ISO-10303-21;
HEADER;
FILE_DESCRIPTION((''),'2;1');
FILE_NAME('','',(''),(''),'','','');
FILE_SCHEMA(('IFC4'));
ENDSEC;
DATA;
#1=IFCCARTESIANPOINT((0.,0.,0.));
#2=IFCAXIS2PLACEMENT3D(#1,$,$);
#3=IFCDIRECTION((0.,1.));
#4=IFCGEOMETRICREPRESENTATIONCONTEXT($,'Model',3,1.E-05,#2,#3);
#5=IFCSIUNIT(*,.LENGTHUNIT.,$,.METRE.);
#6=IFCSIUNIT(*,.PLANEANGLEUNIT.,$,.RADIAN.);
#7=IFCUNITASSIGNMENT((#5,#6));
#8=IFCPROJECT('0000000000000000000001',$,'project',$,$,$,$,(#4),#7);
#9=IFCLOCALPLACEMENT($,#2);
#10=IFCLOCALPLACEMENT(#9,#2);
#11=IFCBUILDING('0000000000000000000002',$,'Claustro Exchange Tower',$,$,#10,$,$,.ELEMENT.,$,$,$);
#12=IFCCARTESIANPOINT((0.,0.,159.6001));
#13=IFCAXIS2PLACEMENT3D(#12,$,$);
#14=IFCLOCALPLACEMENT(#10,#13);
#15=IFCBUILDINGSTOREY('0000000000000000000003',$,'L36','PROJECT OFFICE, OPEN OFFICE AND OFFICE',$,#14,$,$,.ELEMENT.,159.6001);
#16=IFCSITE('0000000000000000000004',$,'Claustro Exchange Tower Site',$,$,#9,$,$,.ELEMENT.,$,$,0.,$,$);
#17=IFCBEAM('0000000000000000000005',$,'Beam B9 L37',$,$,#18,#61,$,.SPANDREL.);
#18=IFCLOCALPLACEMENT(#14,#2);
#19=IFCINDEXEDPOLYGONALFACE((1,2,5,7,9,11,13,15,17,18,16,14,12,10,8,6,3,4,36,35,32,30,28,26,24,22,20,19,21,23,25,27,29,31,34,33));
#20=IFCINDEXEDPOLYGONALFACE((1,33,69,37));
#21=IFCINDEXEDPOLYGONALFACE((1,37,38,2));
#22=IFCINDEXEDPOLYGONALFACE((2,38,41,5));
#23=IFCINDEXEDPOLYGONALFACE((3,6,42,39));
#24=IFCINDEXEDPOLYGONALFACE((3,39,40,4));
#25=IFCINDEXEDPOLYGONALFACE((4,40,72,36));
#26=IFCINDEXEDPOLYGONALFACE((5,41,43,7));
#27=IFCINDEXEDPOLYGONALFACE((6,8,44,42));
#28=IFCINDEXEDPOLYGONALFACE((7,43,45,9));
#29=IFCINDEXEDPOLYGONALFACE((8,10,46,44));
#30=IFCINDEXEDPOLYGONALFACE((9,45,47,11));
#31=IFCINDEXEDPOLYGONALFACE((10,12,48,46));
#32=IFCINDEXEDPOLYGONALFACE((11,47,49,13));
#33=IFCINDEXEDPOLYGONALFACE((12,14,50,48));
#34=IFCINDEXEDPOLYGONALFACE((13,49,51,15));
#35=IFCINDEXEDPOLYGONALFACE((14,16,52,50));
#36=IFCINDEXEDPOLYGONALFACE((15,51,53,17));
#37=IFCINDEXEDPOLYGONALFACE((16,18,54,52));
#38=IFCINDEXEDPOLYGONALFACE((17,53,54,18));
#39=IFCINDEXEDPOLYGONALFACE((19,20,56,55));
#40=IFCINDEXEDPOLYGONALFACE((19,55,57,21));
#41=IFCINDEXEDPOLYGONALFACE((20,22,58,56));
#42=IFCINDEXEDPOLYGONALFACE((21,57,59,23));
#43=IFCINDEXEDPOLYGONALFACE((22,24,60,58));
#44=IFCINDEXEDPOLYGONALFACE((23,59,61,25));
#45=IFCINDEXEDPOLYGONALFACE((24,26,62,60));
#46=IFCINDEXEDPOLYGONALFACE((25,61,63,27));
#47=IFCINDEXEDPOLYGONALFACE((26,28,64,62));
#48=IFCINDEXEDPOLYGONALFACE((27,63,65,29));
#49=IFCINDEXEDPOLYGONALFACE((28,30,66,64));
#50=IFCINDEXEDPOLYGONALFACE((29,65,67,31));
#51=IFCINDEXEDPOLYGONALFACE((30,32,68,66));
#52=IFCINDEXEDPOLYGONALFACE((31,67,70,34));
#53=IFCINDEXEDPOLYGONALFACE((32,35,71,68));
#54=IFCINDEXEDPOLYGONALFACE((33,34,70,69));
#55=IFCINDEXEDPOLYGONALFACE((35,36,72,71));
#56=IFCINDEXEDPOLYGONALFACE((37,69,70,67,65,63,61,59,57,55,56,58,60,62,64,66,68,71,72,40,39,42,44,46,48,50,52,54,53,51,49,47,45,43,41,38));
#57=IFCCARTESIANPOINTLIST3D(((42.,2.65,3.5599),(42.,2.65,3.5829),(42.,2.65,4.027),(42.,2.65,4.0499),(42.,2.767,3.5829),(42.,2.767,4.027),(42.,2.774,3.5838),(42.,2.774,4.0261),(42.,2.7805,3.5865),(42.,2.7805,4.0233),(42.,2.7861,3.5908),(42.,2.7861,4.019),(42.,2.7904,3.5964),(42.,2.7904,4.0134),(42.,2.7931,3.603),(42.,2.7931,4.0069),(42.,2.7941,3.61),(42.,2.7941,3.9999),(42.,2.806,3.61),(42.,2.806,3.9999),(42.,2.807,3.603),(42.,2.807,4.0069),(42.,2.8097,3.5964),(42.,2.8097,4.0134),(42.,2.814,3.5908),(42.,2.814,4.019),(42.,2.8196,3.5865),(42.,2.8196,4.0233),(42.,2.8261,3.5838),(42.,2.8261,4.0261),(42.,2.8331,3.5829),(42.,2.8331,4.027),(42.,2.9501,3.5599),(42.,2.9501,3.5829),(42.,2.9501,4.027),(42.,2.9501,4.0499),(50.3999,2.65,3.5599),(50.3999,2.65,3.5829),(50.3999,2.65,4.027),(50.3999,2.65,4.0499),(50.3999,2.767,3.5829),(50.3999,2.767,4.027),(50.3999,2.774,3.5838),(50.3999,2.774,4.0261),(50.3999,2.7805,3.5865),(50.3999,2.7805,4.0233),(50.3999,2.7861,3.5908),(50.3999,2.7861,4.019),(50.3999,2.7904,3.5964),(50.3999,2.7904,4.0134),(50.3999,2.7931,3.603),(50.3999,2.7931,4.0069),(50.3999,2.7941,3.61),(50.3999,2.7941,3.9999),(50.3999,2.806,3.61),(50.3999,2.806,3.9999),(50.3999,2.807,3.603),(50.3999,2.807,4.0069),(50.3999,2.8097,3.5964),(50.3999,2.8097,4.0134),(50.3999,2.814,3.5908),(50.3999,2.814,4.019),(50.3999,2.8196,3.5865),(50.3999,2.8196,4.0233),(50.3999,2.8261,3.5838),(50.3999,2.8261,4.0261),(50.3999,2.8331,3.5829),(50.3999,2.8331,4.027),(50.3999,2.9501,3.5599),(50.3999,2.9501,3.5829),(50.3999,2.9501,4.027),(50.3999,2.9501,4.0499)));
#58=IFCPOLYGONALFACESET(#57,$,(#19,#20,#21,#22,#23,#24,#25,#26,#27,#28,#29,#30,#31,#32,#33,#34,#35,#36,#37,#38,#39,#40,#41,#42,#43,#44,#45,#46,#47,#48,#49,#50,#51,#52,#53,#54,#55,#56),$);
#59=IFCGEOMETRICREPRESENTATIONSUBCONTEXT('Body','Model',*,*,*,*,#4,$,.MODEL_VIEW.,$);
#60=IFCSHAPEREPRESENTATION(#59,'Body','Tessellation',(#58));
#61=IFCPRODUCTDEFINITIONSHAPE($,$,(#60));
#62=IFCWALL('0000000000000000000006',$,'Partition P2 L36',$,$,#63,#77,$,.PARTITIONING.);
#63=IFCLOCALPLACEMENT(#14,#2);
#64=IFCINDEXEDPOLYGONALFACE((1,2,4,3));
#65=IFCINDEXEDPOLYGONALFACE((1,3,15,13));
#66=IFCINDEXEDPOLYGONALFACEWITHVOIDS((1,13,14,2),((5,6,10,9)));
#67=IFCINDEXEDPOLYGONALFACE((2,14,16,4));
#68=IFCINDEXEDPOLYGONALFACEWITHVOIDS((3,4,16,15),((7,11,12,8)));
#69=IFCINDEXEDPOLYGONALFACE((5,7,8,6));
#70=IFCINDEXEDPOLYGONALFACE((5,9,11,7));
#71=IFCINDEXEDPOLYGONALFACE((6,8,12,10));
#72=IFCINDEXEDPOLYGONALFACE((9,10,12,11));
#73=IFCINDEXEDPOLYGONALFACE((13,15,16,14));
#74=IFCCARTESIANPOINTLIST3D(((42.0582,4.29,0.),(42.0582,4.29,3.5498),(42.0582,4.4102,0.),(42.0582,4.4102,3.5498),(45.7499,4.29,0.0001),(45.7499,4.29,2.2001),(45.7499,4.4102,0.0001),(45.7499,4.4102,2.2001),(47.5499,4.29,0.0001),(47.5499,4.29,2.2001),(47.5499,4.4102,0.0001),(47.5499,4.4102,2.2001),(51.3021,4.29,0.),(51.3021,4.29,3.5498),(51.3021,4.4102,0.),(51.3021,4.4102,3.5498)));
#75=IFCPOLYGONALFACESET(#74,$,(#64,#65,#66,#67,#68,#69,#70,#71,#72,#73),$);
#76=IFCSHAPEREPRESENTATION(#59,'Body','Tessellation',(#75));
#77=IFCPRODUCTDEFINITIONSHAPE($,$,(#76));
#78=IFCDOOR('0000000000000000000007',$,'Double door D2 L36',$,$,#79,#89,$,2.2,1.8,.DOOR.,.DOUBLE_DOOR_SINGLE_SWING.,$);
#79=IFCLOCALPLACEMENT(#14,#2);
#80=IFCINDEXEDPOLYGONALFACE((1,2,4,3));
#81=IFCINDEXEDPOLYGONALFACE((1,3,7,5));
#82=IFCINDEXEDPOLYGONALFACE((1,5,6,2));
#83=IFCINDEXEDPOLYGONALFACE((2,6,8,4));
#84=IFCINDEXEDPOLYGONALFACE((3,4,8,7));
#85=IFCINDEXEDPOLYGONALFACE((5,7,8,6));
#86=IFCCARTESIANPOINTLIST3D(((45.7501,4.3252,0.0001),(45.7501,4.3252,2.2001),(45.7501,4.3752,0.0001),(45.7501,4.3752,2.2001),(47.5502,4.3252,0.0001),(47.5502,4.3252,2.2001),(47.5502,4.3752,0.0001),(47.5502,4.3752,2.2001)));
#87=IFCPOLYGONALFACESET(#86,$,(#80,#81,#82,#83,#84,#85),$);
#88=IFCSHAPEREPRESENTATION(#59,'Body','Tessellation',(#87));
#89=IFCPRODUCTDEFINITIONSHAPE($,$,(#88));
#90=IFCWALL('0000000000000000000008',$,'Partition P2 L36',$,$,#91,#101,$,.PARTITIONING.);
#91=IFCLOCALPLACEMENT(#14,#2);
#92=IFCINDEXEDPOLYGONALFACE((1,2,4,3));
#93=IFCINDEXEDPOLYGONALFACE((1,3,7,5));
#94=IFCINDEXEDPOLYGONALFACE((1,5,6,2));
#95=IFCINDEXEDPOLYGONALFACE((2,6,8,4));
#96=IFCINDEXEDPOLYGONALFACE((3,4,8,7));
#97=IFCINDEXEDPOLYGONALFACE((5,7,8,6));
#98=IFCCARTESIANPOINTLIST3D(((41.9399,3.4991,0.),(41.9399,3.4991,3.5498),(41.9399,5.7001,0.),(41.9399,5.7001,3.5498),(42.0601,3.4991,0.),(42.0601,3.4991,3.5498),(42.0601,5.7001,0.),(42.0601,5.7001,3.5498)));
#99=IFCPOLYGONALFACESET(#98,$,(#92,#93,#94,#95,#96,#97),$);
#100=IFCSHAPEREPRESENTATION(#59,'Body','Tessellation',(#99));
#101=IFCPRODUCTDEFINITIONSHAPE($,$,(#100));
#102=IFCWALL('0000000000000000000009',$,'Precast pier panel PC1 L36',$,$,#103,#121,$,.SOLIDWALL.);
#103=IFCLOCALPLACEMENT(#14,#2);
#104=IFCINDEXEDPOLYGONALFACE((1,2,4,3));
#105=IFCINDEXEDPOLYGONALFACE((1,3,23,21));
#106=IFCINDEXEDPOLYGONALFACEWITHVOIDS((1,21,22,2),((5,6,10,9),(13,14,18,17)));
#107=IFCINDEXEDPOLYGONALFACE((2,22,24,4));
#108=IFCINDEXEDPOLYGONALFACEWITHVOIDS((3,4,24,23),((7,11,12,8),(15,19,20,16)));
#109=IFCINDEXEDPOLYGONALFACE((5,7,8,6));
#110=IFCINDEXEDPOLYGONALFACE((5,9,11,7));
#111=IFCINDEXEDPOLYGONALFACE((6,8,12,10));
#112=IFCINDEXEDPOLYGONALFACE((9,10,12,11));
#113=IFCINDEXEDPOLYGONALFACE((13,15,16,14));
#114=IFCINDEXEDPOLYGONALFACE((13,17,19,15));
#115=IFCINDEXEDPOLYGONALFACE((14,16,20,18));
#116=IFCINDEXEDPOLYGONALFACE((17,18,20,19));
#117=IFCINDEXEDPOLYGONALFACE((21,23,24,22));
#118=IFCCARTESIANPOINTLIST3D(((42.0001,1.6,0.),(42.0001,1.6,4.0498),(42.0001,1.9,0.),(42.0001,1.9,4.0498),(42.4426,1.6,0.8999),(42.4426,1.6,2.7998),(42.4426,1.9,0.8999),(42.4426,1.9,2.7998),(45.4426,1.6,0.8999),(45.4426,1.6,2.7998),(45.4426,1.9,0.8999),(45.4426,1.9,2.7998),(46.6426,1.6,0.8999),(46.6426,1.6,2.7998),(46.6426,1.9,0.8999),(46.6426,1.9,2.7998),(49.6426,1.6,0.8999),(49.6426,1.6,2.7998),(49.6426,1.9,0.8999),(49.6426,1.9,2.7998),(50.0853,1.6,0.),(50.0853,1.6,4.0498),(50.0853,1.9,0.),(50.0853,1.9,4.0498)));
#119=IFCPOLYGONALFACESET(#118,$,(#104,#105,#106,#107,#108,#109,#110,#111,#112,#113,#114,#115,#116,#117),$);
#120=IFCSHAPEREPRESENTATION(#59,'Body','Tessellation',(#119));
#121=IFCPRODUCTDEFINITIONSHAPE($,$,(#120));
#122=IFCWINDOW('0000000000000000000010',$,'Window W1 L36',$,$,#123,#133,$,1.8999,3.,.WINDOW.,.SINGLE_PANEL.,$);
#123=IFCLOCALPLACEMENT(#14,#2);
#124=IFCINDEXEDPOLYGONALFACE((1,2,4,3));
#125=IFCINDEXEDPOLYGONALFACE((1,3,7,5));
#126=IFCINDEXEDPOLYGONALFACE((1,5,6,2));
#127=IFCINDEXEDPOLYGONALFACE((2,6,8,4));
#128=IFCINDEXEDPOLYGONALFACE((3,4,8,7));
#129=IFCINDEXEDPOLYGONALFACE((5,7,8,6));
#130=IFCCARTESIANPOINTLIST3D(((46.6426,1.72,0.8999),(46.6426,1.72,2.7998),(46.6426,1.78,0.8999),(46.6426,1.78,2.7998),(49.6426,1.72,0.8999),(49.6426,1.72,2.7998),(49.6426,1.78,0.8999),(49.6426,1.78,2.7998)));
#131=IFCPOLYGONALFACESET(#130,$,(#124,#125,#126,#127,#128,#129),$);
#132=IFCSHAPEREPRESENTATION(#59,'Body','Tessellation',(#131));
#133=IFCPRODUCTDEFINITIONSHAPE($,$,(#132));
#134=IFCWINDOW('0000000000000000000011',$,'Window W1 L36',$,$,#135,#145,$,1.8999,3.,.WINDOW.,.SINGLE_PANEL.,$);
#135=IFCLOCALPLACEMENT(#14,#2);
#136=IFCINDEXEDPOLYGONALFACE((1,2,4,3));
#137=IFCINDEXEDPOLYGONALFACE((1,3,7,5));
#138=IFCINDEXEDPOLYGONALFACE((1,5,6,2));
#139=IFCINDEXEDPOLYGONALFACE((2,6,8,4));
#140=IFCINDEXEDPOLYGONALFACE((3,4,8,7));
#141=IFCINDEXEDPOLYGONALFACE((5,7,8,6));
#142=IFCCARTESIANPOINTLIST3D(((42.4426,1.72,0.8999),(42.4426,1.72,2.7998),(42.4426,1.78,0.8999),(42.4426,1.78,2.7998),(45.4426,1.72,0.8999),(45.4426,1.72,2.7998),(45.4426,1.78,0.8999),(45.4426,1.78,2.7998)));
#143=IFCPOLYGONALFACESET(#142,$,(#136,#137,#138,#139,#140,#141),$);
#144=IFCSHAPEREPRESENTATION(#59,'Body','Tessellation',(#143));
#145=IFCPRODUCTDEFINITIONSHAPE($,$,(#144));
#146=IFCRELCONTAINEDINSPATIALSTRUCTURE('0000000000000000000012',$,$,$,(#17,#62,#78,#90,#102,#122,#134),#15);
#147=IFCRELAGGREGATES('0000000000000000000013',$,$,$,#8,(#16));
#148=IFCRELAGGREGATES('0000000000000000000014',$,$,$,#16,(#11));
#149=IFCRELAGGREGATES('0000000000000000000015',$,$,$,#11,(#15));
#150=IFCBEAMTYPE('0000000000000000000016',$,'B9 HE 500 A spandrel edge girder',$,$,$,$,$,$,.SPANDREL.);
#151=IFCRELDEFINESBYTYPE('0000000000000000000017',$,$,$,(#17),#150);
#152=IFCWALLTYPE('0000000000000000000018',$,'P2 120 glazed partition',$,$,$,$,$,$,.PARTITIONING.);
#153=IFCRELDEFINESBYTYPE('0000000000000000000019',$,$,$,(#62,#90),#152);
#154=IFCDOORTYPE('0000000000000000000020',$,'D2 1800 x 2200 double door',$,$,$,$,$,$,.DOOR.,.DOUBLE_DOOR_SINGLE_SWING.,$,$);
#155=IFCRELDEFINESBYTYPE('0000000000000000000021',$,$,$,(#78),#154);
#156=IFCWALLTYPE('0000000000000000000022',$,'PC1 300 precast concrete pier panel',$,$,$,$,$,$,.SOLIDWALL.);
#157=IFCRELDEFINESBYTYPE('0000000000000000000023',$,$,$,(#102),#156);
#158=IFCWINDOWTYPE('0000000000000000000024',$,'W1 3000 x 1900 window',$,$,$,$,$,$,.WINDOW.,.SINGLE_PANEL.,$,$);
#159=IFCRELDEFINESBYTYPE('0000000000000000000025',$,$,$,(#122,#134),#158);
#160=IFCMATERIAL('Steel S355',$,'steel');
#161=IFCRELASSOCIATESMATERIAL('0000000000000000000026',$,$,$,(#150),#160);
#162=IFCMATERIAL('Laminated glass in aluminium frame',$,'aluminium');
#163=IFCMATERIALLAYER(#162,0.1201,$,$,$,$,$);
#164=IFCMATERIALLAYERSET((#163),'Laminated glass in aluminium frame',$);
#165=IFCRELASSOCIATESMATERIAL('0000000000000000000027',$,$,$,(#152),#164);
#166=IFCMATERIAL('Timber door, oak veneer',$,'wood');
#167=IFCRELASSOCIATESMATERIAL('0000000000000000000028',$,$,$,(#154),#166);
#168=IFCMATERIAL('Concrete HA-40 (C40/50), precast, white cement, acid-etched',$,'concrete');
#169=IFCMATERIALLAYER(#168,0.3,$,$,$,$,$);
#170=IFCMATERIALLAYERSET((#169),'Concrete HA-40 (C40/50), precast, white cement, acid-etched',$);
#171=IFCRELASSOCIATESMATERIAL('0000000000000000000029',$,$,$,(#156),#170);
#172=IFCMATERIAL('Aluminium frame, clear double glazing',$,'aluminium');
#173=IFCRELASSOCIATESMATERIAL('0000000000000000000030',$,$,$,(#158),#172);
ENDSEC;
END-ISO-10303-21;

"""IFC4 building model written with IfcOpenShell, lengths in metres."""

from ifc_helpers import new_model, si_unit, direction, frame, frame_2d, origin, origin_2d, place, context, subcontext, project, spatial, rectangle, i_section, extrude, material, layer, layer_set, material_profile, profile_set, type_object, element, fill, save


model = new_model("IFC4")

# Units and contexts
model_context = context("Model", 3, precision=1e-05, world=origin(), true_north=direction((0.0, 1.0)))
body_context = subcontext(model_context, "Body", "Model", "MODEL_VIEW")
ifc_project = project(units=[si_unit("LENGTHUNIT", "METRE"), si_unit("PLANEANGLEUNIT", "RADIAN")], contexts=[model_context])

# Site, building, storey
site_placement = place(None, origin())
site = spatial("IfcSite", under=ifc_project, at=site_placement, Name="Claustro Exchange Tower Site", CompositionType="ELEMENT", RefElevation=0.0)
building_placement = place(site_placement, origin())
building = spatial("IfcBuilding", under=site, at=building_placement, Name="Claustro Exchange Tower", CompositionType="ELEMENT")
storey_placement = place(building_placement, frame((0.0, 0.0, 159.6001)))
storey = spatial("IfcBuildingStorey", under=building, at=storey_placement, Name="L36", Description="PROJECT OFFICE, OPEN OFFICE AND OFFICE", CompositionType="ELEMENT", Elevation=159.6001)

# Beam
ifc_material_1 = material(Name="Steel S355", Category="steel")
ifc_material_profile_1 = material_profile(ifc_material_1, i_section(OverallWidth=0.3, OverallDepth=0.49, WebThickness=0.012, FlangeThickness=0.0229, FilletRadius=0.0271, at=origin_2d()), Name="HE 500 A")
ifc_profile_set_1 = profile_set([ifc_material_profile_1], Name="Steel S355")
beam_type_1 = type_object("IfcBeamType", Name="B9 HE 500 A spandrel edge girder", PredefinedType="SPANDREL", material=ifc_profile_set_1)
beam_1_placement = place(storey_placement, frame((42.0, 2.8, 3.8049), z_axis=(1.0, 0.0, 0.0), x_axis=(0.0, 1.0, 0.0)))
element("IfcBeam", 1, at=beam_1_placement, inside=storey, type_object=beam_type_1, Name="Beam B9 L37", PredefinedType="SPANDREL", context=body_context, shape_type="SweptSolid", body=[
    extrude(i_section(OverallWidth=0.3, OverallDepth=0.49, WebThickness=0.012, FlangeThickness=0.0229, FilletRadius=0.0271, at=origin_2d()), origin(), (0.0, 0.0, 1.0), 8.3999),
])

# Wall, opening, door
ifc_material_2 = material(Name="Laminated glass in aluminium frame", Category="aluminium")
ifc_layer_1 = layer(ifc_material_2, 0.1201)
ifc_layer_set_1 = layer_set([ifc_layer_1], Name="Laminated glass in aluminium frame")
wall_type_1 = type_object("IfcWallType", Name="P2 120 glazed partition", PredefinedType="PARTITIONING", material=ifc_layer_set_1)
wall_1_placement = place(storey_placement, frame((42.0581, 4.3501, 0.0), z_axis=(0.0, 0.0, 1.0), x_axis=(1.0, 0.0, 0.0)))
wall_1 = element("IfcWall", 2, at=wall_1_placement, inside=storey, type_object=wall_type_1, Name="Partition P2 L36", PredefinedType="PARTITIONING", context=body_context, shape_type="SweptSolid", body=[
    extrude(rectangle(XDim=9.2439, YDim=0.1201, at=frame_2d((4.6221, 0.0))), origin(), (0.0, 0.0, 1.0), 3.5498),
])
opening_1_placement = place(wall_1_placement, frame((3.6919, 0.0, 0.0)))
opening_1 = element("IfcOpeningElement", 3, at=opening_1_placement, cuts=wall_1, PredefinedType="OPENING", context=body_context, shape_type="SweptSolid", body=[
    extrude(rectangle(XDim=1.8, YDim=2.2, at=frame_2d((0.8999, 1.1001))), frame((0.0, 0.0701, 0.0), z_axis=(0.0, -1.0, 0.0), x_axis=(1.0, 0.0, 0.0)), (0.0, 0.0, 1.0), 0.1401),
])
ifc_material_3 = material(Name="Timber door, oak veneer", Category="wood")
door_type = type_object("IfcDoorType", Name="D2 1800 x 2200 double door", OperationType="DOUBLE_DOOR_SINGLE_SWING", PredefinedType="DOOR", material=ifc_material_3)
door_placement = place(opening_1_placement, frame((1.8, 0.0, 0.0), z_axis=(0.0, 0.0, 1.0), x_axis=(-1.0, 0.0, 0.0)))
door = element("IfcDoor", 4, at=door_placement, inside=storey, type_object=door_type, Name="Double door D2 L36", OperationType="DOUBLE_DOOR_SINGLE_SWING", OverallHeight=2.2, OverallWidth=1.8, PredefinedType="DOOR", context=body_context, shape_type="SweptSolid", body=[
    extrude(rectangle(XDim=1.8, YDim=2.2, at=frame_2d((0.8999, 1.1001))), frame((0.0, 0.0249, 0.0), z_axis=(0.0, -1.0, 0.0), x_axis=(1.0, 0.0, 0.0)), (0.0, 0.0, 1.0), 0.05),
])
fill(opening_1, door)

# Wall
wall_2_placement = place(storey_placement, frame((42.0, 3.499, 0.0), z_axis=(0.0, 0.0, 1.0), x_axis=(0.0, 1.0, 0.0)))
element("IfcWall", 5, at=wall_2_placement, inside=storey, type_object=wall_type_1, Name="Partition P2 L36", PredefinedType="PARTITIONING", context=body_context, shape_type="SweptSolid", body=[
    extrude(rectangle(XDim=2.2009, YDim=0.1201, at=frame_2d((1.1006, 0.0))), origin(), (0.0, 0.0, 1.0), 3.5498),
])

# Wall, openings, windows
ifc_material_4 = material(Name="Concrete HA-40 (C40/50), precast, white cement, acid-etched", Category="concrete")
ifc_layer_2 = layer(ifc_material_4, 0.3)
ifc_layer_set_2 = layer_set([ifc_layer_2], Name="Concrete HA-40 (C40/50), precast, white cement, acid-etched")
wall_type_2 = type_object("IfcWallType", Name="PC1 300 precast concrete pier panel", PredefinedType="SOLIDWALL", material=ifc_layer_set_2)
wall_3_placement = place(storey_placement, frame((50.0852, 1.75, 0.0), z_axis=(0.0, 0.0, 1.0), x_axis=(-1.0, 0.0, 0.0)))
wall_3 = element("IfcWall", 6, at=wall_3_placement, inside=storey, type_object=wall_type_2, Name="Precast pier panel PC1 L36", PredefinedType="SOLIDWALL", context=body_context, shape_type="SweptSolid", body=[
    extrude(rectangle(XDim=8.0852, YDim=0.3, at=frame_2d((4.0425, 0.0))), origin(), (0.0, 0.0, 1.0), 4.0498),
])
opening_2_placement = place(wall_3_placement, frame((0.4426, 0.0, 0.8999)))
opening_2 = element("IfcOpeningElement", 7, at=opening_2_placement, cuts=wall_3, PredefinedType="OPENING", context=body_context, shape_type="SweptSolid", body=[
    extrude(rectangle(XDim=3.0, YDim=1.8999, at=frame_2d((1.5, 0.95))), frame((0.0, 0.1599, 0.0), z_axis=(0.0, -1.0, 0.0), x_axis=(1.0, 0.0, 0.0)), (0.0, 0.0, 1.0), 0.3201),
])
opening_3_placement = place(wall_3_placement, frame((4.6426, 0.0, 0.8999)))
opening_3 = element("IfcOpeningElement", 8, at=opening_3_placement, cuts=wall_3, PredefinedType="OPENING", context=body_context, shape_type="SweptSolid", body=[
    extrude(rectangle(XDim=3.0, YDim=1.8999, at=frame_2d((1.5, 0.95))), frame((0.0, 0.1599, 0.0), z_axis=(0.0, -1.0, 0.0), x_axis=(1.0, 0.0, 0.0)), (0.0, 0.0, 1.0), 0.3201),
])
ifc_material_5 = material(Name="Aluminium frame, clear double glazing", Category="aluminium")
window_type = type_object("IfcWindowType", Name="W1 3000 x 1900 window", PartitioningType="SINGLE_PANEL", PredefinedType="WINDOW", material=ifc_material_5)
window_1_placement = place(opening_2_placement, origin())
window_1 = element("IfcWindow", 9, at=window_1_placement, inside=storey, type_object=window_type, Name="Window W1 L36", OverallHeight=1.8999, OverallWidth=3.0, PartitioningType="SINGLE_PANEL", PredefinedType="WINDOW", context=body_context, shape_type="SweptSolid", body=[
    extrude(rectangle(XDim=3.0, YDim=1.8999, at=frame_2d((1.5, 0.95))), frame((0.0, 0.03, 0.0), z_axis=(0.0, -1.0, 0.0), x_axis=(1.0, 0.0, 0.0)), (0.0, 0.0, 1.0), 0.0601),
])
fill(opening_2, window_1)
window_2_placement = place(opening_3_placement, origin())
window_2 = element("IfcWindow", 10, at=window_2_placement, inside=storey, type_object=window_type, Name="Window W1 L36", OverallHeight=1.8999, OverallWidth=3.0, PartitioningType="SINGLE_PANEL", PredefinedType="WINDOW", context=body_context, shape_type="SweptSolid", body=[
    extrude(rectangle(XDim=3.0, YDim=1.8999, at=frame_2d((1.5, 0.95))), frame((0.0, 0.03, 0.0), z_axis=(0.0, -1.0, 0.0), x_axis=(1.0, 0.0, 0.0)), (0.0, 0.0, 1.0), 0.0601),
])
fill(opening_3, window_2)

save(model, "model.ifc")
